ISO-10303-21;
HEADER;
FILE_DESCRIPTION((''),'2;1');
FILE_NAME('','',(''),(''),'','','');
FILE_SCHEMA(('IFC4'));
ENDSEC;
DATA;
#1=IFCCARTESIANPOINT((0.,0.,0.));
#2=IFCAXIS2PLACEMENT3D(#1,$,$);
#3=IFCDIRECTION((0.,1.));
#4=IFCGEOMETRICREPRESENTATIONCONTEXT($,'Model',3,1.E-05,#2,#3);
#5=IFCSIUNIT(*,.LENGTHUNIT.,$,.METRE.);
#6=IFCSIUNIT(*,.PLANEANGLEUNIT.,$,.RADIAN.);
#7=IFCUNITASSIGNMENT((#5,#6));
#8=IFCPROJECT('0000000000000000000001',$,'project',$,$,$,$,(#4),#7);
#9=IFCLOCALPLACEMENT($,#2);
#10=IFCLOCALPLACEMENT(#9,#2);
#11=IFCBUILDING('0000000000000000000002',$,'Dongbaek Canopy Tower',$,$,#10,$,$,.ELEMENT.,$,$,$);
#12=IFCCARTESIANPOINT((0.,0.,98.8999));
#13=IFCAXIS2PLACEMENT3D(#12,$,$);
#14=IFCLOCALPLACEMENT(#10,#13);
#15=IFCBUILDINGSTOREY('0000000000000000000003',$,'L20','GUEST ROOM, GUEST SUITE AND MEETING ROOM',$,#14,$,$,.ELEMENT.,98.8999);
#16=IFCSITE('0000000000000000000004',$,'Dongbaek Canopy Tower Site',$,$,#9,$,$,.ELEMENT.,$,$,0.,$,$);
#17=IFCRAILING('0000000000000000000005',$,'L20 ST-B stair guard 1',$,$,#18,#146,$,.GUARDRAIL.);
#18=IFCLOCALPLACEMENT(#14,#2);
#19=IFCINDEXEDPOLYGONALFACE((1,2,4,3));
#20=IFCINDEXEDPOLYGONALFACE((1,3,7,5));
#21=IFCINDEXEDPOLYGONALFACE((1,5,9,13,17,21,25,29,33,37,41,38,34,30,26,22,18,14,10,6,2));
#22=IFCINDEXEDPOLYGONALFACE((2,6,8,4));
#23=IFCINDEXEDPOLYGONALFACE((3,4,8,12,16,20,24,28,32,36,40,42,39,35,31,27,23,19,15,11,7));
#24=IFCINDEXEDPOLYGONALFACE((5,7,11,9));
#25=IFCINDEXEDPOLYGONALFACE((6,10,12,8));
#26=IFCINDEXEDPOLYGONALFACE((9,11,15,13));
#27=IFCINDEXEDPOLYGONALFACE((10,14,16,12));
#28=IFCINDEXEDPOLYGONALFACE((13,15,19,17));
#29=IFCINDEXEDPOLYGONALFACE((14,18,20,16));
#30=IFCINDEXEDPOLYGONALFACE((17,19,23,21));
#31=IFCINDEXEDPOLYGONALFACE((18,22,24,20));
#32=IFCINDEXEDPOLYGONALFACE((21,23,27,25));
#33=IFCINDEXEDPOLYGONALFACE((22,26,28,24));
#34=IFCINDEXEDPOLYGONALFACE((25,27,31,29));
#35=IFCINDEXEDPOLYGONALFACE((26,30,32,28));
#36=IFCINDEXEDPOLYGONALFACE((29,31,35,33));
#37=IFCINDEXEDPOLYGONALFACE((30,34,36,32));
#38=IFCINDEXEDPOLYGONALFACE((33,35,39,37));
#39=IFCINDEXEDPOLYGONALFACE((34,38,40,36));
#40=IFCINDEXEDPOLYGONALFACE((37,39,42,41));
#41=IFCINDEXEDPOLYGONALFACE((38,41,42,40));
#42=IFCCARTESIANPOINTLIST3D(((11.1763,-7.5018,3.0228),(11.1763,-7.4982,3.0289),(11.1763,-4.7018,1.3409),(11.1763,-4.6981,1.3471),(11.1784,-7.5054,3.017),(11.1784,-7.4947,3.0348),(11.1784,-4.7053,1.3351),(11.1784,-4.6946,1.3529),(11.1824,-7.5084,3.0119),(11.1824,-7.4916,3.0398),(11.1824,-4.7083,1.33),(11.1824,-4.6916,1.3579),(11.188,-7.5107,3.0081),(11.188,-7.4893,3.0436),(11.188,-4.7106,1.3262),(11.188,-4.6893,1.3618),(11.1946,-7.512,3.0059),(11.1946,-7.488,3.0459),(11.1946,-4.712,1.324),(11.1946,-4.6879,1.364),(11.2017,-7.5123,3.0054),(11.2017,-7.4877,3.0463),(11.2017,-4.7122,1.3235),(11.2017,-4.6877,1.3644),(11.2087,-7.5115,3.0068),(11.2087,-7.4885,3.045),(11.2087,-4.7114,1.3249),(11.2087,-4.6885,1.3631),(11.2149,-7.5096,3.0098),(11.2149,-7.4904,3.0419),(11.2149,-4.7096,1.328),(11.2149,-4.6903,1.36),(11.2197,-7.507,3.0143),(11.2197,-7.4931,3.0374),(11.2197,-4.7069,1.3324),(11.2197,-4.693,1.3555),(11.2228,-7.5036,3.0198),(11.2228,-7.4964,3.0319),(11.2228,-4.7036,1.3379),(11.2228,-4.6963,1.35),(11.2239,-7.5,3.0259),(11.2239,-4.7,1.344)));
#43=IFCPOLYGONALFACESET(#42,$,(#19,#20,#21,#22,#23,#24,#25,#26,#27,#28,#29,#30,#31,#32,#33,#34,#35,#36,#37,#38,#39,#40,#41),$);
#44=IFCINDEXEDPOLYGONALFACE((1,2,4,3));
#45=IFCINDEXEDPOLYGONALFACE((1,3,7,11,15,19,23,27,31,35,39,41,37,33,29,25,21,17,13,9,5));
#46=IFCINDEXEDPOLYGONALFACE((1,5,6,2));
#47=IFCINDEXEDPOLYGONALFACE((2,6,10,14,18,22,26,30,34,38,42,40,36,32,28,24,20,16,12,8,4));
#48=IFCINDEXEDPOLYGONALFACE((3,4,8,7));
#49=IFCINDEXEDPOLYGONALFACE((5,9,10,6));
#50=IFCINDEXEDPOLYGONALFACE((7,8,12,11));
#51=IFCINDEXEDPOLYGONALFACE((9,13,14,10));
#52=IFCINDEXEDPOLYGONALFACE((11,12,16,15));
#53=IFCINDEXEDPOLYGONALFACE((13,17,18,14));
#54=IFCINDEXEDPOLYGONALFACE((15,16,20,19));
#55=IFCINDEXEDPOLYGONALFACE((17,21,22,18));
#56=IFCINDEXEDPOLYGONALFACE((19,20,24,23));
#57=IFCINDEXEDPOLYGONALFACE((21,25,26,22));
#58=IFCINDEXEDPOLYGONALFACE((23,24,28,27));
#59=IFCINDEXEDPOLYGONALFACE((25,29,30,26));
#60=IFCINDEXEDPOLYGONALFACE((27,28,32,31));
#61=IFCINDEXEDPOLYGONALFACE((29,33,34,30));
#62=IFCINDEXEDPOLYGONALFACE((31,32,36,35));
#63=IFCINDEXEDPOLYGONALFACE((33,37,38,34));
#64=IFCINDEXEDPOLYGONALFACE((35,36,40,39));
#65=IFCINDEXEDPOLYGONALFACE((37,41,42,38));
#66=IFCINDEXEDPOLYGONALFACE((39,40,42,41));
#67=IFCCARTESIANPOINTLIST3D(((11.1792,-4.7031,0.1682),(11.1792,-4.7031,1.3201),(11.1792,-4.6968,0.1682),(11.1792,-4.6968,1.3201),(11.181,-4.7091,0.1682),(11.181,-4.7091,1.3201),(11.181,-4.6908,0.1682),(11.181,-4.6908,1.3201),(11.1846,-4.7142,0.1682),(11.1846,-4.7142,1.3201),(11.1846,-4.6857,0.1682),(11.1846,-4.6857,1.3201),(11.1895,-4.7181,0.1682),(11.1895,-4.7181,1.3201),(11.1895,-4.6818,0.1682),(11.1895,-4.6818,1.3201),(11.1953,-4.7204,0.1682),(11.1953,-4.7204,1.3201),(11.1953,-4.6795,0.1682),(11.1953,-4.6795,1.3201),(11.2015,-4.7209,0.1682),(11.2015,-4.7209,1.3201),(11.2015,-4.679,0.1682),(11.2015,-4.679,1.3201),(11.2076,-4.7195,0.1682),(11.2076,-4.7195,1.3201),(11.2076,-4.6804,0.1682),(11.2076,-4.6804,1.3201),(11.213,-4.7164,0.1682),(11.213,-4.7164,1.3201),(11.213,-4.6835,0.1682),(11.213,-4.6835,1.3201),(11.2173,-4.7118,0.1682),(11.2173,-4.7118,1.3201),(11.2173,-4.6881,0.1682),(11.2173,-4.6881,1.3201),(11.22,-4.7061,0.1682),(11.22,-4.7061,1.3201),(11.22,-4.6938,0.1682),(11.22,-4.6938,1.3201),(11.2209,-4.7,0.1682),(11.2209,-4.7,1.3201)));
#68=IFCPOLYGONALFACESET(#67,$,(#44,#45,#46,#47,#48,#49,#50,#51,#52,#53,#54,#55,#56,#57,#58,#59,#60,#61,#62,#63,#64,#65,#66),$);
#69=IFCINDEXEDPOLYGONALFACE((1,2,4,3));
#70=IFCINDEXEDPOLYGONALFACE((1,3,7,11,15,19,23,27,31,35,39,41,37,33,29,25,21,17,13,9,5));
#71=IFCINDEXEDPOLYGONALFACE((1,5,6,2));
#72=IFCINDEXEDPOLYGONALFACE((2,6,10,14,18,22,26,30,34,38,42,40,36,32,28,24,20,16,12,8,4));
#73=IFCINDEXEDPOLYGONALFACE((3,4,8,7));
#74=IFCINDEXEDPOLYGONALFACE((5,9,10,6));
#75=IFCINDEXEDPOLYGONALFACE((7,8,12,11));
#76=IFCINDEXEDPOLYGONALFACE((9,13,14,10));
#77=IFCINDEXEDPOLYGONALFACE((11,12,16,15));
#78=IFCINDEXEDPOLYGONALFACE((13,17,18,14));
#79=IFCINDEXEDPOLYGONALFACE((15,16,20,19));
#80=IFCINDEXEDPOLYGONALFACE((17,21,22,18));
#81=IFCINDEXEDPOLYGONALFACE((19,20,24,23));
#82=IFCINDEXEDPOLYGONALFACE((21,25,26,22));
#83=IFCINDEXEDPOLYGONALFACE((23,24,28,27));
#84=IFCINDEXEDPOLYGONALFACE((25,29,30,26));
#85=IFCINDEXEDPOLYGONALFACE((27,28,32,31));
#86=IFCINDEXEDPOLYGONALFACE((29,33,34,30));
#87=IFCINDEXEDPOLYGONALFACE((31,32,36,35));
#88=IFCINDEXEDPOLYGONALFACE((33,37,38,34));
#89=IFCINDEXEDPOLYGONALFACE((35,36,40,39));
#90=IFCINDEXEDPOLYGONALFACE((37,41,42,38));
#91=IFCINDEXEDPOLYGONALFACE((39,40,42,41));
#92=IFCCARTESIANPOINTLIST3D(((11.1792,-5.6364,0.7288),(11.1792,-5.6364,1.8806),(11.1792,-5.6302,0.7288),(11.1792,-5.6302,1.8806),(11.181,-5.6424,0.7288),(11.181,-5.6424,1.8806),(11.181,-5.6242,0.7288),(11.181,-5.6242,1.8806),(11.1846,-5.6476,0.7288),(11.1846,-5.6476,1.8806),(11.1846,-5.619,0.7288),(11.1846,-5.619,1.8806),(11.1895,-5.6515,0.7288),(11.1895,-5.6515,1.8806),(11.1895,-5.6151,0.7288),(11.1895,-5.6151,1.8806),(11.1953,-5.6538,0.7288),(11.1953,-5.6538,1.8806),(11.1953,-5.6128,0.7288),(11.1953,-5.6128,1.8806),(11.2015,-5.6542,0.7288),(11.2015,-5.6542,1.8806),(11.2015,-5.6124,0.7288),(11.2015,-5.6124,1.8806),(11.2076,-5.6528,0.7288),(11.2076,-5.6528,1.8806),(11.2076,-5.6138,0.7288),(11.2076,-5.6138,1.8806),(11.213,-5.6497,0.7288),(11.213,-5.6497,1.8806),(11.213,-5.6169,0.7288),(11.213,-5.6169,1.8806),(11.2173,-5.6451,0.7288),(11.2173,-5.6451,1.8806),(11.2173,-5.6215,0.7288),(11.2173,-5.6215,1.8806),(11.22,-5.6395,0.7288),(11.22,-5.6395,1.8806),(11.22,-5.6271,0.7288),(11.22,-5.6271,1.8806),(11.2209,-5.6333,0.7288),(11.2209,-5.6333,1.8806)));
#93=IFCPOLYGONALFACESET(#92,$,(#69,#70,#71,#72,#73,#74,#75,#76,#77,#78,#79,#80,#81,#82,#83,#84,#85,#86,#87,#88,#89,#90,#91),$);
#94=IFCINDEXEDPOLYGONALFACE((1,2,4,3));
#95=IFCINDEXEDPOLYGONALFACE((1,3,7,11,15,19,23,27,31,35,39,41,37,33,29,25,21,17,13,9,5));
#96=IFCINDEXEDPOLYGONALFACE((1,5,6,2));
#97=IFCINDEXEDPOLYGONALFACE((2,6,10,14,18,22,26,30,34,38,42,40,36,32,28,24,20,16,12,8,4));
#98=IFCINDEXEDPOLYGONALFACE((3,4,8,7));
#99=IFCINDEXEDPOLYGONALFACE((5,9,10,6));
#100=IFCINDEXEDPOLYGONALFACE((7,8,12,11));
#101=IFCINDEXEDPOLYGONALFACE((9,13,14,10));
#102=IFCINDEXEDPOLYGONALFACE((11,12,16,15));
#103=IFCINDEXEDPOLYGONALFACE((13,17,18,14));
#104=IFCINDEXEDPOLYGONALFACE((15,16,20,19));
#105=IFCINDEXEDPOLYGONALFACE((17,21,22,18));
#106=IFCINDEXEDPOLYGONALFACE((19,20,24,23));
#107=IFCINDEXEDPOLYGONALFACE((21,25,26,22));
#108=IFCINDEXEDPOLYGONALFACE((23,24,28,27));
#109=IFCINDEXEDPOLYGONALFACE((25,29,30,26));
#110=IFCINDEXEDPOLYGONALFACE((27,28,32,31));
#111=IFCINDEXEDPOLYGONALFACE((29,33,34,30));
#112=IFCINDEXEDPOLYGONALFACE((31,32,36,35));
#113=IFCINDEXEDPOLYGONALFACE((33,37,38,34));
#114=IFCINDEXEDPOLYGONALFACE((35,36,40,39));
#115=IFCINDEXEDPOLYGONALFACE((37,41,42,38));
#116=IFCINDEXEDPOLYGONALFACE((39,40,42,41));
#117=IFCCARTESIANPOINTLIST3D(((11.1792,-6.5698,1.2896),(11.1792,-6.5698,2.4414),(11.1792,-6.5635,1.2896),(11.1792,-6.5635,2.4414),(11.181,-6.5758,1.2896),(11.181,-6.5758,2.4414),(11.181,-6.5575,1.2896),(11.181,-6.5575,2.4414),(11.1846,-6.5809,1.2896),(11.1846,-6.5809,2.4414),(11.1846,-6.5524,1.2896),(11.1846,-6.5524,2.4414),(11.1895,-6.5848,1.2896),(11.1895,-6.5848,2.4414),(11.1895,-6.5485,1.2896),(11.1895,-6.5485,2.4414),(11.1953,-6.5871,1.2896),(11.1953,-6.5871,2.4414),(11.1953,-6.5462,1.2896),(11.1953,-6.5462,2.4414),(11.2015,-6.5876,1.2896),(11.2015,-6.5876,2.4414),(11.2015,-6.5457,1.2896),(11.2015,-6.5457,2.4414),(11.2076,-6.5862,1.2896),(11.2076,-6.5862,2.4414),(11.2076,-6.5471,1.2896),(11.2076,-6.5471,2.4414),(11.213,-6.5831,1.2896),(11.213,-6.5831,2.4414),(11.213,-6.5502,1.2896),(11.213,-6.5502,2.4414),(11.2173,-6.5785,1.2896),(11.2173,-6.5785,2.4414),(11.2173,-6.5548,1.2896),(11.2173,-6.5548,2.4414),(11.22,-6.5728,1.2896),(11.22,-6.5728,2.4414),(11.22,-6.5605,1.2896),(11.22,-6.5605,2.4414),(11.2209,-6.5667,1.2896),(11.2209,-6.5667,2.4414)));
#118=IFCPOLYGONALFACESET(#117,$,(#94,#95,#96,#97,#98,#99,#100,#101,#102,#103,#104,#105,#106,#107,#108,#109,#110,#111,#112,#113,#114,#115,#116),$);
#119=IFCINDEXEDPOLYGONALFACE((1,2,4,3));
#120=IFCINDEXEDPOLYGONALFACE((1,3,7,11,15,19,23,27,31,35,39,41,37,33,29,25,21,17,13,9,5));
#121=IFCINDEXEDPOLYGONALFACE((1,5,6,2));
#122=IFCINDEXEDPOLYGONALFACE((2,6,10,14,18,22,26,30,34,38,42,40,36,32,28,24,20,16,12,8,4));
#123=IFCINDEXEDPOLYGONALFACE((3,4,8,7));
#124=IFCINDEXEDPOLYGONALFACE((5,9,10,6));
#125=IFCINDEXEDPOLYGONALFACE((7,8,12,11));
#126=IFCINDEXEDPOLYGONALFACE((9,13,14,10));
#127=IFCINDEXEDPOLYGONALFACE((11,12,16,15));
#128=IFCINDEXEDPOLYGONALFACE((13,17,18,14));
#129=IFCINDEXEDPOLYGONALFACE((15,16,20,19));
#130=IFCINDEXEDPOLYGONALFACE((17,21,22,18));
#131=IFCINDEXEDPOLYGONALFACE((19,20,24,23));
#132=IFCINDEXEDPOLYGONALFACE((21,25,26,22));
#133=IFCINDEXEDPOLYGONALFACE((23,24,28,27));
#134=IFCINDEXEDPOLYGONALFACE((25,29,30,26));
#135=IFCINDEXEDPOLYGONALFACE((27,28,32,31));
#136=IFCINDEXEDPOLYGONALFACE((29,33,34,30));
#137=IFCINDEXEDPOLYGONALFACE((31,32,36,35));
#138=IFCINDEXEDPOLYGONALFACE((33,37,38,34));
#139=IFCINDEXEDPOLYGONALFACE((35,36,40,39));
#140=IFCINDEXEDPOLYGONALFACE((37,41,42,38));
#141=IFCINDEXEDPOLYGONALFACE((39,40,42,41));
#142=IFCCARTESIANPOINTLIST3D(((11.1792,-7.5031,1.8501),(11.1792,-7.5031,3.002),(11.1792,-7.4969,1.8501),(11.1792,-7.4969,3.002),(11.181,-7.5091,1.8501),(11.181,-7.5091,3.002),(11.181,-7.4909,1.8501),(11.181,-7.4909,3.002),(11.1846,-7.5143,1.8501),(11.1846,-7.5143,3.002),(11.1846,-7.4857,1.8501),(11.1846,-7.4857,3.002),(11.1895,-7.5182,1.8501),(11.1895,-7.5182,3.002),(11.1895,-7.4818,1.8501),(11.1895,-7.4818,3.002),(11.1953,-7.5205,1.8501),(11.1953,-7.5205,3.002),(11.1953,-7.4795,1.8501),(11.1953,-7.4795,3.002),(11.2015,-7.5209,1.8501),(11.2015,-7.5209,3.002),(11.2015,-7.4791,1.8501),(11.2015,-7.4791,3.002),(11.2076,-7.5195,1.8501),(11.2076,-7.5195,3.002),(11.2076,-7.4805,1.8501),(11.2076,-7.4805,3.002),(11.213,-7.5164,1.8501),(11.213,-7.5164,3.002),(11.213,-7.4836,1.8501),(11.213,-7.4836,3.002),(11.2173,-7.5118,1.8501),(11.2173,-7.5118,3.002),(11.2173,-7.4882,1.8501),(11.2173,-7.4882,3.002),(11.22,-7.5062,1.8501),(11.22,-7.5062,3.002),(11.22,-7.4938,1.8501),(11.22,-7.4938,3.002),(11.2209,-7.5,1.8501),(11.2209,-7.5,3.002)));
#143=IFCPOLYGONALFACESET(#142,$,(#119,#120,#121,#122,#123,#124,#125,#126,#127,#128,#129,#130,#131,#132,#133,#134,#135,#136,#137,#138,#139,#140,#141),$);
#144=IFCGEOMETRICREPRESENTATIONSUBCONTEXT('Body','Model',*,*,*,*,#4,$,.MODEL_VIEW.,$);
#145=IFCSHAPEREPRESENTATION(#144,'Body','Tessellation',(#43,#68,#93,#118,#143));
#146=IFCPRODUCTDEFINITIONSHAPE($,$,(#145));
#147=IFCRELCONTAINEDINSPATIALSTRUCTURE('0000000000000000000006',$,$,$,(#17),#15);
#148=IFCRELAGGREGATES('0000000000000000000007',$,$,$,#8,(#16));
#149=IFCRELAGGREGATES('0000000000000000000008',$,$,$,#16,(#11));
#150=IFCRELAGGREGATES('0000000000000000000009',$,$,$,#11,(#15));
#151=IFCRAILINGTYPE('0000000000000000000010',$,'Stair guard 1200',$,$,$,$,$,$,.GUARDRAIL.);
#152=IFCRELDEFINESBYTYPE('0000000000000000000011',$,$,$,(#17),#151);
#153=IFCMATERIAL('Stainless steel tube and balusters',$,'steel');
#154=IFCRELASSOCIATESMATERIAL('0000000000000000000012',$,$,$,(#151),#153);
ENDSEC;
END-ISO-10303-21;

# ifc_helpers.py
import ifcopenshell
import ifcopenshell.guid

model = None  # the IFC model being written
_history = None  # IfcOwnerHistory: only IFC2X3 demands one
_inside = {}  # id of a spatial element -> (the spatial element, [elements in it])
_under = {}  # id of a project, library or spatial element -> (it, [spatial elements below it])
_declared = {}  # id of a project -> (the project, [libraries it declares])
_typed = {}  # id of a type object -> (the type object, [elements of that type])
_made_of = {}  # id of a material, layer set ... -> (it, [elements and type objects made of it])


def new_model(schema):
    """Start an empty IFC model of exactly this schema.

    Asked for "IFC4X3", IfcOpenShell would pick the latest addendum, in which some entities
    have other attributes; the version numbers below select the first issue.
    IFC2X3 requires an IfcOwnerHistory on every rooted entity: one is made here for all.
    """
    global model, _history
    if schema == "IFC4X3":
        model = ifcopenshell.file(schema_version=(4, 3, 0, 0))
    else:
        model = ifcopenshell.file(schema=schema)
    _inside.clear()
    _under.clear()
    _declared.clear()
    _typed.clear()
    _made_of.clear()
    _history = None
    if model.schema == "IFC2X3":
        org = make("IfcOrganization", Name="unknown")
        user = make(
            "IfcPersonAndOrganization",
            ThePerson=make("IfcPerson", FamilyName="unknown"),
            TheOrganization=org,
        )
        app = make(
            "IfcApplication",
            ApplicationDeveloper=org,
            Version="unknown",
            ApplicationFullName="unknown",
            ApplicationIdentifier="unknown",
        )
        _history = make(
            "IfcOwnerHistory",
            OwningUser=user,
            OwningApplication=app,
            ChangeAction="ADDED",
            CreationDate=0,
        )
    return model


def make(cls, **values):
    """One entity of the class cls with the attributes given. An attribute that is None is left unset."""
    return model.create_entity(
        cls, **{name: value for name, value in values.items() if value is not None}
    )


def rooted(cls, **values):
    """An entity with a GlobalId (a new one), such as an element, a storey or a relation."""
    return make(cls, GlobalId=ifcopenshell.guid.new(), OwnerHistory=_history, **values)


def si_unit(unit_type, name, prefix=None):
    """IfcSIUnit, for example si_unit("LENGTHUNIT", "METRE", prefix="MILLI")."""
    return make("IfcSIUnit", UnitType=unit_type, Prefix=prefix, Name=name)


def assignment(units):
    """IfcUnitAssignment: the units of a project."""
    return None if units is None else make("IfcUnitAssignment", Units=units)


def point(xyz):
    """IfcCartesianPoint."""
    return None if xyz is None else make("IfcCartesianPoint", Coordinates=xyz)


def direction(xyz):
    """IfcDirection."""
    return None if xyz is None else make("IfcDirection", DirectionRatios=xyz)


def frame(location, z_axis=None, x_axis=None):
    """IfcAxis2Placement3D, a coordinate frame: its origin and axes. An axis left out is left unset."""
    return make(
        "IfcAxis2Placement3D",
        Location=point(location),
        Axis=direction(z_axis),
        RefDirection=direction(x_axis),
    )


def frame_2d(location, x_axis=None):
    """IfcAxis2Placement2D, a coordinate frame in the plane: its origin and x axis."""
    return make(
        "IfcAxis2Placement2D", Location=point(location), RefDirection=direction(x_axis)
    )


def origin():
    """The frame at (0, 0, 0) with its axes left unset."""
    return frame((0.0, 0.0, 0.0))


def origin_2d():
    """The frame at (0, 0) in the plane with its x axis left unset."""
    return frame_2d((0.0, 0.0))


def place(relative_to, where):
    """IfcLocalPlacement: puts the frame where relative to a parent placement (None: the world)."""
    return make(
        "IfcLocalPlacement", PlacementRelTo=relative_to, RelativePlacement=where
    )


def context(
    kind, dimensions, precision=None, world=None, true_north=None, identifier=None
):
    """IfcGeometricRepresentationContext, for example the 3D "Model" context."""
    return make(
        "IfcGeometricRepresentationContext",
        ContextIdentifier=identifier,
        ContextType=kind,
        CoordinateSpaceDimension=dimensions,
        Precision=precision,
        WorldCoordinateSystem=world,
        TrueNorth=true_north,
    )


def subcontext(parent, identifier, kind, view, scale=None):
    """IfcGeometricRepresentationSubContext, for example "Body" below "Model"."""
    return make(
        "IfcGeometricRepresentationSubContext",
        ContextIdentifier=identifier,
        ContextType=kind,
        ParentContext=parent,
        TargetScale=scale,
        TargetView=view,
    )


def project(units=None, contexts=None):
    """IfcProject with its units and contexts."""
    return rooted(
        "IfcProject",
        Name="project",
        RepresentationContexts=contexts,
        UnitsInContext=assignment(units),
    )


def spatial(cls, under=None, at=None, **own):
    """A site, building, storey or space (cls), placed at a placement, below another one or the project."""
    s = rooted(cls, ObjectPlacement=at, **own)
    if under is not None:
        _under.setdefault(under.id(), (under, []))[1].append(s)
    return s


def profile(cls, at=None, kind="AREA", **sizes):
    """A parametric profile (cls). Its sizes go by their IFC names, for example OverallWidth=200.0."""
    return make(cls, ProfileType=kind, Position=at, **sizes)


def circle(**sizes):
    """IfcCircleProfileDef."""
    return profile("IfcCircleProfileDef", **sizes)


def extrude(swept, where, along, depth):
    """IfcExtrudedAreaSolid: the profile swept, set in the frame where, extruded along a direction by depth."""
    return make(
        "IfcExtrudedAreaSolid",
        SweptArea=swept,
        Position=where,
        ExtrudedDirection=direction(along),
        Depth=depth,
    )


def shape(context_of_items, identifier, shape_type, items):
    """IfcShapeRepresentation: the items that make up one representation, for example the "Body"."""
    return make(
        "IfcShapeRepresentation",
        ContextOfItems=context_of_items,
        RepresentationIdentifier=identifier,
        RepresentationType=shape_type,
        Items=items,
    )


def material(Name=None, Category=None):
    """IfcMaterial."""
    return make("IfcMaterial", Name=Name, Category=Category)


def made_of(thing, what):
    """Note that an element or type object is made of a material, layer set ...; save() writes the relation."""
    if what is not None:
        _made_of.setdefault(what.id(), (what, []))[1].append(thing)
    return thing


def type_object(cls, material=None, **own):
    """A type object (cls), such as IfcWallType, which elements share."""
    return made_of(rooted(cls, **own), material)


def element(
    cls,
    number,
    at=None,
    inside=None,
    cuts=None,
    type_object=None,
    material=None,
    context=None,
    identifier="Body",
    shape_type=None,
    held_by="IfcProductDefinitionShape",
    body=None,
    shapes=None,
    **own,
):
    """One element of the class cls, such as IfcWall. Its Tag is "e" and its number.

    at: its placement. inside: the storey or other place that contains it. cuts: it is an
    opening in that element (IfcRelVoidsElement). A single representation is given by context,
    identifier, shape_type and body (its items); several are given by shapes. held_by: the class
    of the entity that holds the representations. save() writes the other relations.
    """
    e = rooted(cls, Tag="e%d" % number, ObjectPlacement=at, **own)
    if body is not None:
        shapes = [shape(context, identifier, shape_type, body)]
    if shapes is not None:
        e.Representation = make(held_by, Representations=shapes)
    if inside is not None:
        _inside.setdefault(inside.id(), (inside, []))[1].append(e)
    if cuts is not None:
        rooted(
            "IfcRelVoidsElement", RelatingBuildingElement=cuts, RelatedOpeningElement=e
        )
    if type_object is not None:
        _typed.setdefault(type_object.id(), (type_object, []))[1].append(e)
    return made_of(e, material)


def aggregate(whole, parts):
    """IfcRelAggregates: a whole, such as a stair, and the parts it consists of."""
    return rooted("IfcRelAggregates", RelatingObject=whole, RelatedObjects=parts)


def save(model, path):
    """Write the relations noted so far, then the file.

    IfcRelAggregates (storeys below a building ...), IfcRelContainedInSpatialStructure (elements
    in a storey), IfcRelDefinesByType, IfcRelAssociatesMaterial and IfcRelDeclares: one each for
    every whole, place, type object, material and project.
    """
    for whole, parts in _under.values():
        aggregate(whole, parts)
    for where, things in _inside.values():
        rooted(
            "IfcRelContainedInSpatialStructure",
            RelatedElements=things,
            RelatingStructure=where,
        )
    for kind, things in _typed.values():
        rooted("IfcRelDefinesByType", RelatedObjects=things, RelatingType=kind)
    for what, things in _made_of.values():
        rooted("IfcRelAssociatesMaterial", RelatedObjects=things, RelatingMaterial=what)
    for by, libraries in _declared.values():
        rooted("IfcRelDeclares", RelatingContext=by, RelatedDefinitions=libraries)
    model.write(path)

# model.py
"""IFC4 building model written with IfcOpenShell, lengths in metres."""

from ifc_helpers import new_model, si_unit, direction, frame, origin, origin_2d, place, context, subcontext, project, spatial, circle, extrude, material, type_object, element, save


model = new_model("IFC4")

# Units and contexts
model_context = context("Model", 3, precision=1e-05, world=origin(), true_north=direction((0.0, 1.0)))
body_context = subcontext(model_context, "Body", "Model", "MODEL_VIEW")
ifc_project = project(units=[si_unit("LENGTHUNIT", "METRE"), si_unit("PLANEANGLEUNIT", "RADIAN")], contexts=[model_context])

# Site, building, storey
site_placement = place(None, origin())
site = spatial("IfcSite", under=ifc_project, at=site_placement, Name="Dongbaek Canopy Tower Site", CompositionType="ELEMENT", RefElevation=0.0)
building_placement = place(site_placement, origin())
building = spatial("IfcBuilding", under=site, at=building_placement, Name="Dongbaek Canopy Tower", CompositionType="ELEMENT")
storey_placement = place(building_placement, frame((0.0, 0.0, 98.8999)))
storey = spatial("IfcBuildingStorey", under=building, at=storey_placement, Name="L20", Description="GUEST ROOM, GUEST SUITE AND MEETING ROOM", CompositionType="ELEMENT", Elevation=98.8999)

# Railing
ifc_material_1 = material(Name="Stainless steel tube and balusters", Category="steel")
railing_type_1 = type_object("IfcRailingType", Name="Stair guard 1200", PredefinedType="GUARDRAIL", material=ifc_material_1)
railing_1_placement = place(storey_placement, frame((11.2, -4.7, 0.1682)))
element("IfcRailing", 1, at=railing_1_placement, inside=storey, type_object=railing_type_1, Name="L20 ST-B stair guard 1", PredefinedType="GUARDRAIL", context=body_context, shape_type="SweptSolid", body=[
    extrude(circle(Radius=0.0239, at=origin_2d()), frame((0.0, 0.0, 1.1758), z_axis=(0.0, -0.857242, 0.514913), x_axis=(1.0, 0.0, 0.0)), (0.0, 0.0, 1.0), 3.2664),
    extrude(circle(Radius=0.021, at=origin_2d()), origin(), (0.0, 0.0, 1.0), 1.1519),
    extrude(circle(Radius=0.021, at=origin_2d()), frame((0.0, -0.9333, 0.5605)), (0.0, 0.0, 1.0), 1.1519),
    extrude(circle(Radius=0.021, at=origin_2d()), frame((0.0, -1.8667, 1.1213)), (0.0, 0.0, 1.0), 1.1519),
    extrude(circle(Radius=0.021, at=origin_2d()), frame((0.0, -2.8, 1.6819)), (0.0, 0.0, 1.0), 1.1519),
])

save(model, "model.ifc")
